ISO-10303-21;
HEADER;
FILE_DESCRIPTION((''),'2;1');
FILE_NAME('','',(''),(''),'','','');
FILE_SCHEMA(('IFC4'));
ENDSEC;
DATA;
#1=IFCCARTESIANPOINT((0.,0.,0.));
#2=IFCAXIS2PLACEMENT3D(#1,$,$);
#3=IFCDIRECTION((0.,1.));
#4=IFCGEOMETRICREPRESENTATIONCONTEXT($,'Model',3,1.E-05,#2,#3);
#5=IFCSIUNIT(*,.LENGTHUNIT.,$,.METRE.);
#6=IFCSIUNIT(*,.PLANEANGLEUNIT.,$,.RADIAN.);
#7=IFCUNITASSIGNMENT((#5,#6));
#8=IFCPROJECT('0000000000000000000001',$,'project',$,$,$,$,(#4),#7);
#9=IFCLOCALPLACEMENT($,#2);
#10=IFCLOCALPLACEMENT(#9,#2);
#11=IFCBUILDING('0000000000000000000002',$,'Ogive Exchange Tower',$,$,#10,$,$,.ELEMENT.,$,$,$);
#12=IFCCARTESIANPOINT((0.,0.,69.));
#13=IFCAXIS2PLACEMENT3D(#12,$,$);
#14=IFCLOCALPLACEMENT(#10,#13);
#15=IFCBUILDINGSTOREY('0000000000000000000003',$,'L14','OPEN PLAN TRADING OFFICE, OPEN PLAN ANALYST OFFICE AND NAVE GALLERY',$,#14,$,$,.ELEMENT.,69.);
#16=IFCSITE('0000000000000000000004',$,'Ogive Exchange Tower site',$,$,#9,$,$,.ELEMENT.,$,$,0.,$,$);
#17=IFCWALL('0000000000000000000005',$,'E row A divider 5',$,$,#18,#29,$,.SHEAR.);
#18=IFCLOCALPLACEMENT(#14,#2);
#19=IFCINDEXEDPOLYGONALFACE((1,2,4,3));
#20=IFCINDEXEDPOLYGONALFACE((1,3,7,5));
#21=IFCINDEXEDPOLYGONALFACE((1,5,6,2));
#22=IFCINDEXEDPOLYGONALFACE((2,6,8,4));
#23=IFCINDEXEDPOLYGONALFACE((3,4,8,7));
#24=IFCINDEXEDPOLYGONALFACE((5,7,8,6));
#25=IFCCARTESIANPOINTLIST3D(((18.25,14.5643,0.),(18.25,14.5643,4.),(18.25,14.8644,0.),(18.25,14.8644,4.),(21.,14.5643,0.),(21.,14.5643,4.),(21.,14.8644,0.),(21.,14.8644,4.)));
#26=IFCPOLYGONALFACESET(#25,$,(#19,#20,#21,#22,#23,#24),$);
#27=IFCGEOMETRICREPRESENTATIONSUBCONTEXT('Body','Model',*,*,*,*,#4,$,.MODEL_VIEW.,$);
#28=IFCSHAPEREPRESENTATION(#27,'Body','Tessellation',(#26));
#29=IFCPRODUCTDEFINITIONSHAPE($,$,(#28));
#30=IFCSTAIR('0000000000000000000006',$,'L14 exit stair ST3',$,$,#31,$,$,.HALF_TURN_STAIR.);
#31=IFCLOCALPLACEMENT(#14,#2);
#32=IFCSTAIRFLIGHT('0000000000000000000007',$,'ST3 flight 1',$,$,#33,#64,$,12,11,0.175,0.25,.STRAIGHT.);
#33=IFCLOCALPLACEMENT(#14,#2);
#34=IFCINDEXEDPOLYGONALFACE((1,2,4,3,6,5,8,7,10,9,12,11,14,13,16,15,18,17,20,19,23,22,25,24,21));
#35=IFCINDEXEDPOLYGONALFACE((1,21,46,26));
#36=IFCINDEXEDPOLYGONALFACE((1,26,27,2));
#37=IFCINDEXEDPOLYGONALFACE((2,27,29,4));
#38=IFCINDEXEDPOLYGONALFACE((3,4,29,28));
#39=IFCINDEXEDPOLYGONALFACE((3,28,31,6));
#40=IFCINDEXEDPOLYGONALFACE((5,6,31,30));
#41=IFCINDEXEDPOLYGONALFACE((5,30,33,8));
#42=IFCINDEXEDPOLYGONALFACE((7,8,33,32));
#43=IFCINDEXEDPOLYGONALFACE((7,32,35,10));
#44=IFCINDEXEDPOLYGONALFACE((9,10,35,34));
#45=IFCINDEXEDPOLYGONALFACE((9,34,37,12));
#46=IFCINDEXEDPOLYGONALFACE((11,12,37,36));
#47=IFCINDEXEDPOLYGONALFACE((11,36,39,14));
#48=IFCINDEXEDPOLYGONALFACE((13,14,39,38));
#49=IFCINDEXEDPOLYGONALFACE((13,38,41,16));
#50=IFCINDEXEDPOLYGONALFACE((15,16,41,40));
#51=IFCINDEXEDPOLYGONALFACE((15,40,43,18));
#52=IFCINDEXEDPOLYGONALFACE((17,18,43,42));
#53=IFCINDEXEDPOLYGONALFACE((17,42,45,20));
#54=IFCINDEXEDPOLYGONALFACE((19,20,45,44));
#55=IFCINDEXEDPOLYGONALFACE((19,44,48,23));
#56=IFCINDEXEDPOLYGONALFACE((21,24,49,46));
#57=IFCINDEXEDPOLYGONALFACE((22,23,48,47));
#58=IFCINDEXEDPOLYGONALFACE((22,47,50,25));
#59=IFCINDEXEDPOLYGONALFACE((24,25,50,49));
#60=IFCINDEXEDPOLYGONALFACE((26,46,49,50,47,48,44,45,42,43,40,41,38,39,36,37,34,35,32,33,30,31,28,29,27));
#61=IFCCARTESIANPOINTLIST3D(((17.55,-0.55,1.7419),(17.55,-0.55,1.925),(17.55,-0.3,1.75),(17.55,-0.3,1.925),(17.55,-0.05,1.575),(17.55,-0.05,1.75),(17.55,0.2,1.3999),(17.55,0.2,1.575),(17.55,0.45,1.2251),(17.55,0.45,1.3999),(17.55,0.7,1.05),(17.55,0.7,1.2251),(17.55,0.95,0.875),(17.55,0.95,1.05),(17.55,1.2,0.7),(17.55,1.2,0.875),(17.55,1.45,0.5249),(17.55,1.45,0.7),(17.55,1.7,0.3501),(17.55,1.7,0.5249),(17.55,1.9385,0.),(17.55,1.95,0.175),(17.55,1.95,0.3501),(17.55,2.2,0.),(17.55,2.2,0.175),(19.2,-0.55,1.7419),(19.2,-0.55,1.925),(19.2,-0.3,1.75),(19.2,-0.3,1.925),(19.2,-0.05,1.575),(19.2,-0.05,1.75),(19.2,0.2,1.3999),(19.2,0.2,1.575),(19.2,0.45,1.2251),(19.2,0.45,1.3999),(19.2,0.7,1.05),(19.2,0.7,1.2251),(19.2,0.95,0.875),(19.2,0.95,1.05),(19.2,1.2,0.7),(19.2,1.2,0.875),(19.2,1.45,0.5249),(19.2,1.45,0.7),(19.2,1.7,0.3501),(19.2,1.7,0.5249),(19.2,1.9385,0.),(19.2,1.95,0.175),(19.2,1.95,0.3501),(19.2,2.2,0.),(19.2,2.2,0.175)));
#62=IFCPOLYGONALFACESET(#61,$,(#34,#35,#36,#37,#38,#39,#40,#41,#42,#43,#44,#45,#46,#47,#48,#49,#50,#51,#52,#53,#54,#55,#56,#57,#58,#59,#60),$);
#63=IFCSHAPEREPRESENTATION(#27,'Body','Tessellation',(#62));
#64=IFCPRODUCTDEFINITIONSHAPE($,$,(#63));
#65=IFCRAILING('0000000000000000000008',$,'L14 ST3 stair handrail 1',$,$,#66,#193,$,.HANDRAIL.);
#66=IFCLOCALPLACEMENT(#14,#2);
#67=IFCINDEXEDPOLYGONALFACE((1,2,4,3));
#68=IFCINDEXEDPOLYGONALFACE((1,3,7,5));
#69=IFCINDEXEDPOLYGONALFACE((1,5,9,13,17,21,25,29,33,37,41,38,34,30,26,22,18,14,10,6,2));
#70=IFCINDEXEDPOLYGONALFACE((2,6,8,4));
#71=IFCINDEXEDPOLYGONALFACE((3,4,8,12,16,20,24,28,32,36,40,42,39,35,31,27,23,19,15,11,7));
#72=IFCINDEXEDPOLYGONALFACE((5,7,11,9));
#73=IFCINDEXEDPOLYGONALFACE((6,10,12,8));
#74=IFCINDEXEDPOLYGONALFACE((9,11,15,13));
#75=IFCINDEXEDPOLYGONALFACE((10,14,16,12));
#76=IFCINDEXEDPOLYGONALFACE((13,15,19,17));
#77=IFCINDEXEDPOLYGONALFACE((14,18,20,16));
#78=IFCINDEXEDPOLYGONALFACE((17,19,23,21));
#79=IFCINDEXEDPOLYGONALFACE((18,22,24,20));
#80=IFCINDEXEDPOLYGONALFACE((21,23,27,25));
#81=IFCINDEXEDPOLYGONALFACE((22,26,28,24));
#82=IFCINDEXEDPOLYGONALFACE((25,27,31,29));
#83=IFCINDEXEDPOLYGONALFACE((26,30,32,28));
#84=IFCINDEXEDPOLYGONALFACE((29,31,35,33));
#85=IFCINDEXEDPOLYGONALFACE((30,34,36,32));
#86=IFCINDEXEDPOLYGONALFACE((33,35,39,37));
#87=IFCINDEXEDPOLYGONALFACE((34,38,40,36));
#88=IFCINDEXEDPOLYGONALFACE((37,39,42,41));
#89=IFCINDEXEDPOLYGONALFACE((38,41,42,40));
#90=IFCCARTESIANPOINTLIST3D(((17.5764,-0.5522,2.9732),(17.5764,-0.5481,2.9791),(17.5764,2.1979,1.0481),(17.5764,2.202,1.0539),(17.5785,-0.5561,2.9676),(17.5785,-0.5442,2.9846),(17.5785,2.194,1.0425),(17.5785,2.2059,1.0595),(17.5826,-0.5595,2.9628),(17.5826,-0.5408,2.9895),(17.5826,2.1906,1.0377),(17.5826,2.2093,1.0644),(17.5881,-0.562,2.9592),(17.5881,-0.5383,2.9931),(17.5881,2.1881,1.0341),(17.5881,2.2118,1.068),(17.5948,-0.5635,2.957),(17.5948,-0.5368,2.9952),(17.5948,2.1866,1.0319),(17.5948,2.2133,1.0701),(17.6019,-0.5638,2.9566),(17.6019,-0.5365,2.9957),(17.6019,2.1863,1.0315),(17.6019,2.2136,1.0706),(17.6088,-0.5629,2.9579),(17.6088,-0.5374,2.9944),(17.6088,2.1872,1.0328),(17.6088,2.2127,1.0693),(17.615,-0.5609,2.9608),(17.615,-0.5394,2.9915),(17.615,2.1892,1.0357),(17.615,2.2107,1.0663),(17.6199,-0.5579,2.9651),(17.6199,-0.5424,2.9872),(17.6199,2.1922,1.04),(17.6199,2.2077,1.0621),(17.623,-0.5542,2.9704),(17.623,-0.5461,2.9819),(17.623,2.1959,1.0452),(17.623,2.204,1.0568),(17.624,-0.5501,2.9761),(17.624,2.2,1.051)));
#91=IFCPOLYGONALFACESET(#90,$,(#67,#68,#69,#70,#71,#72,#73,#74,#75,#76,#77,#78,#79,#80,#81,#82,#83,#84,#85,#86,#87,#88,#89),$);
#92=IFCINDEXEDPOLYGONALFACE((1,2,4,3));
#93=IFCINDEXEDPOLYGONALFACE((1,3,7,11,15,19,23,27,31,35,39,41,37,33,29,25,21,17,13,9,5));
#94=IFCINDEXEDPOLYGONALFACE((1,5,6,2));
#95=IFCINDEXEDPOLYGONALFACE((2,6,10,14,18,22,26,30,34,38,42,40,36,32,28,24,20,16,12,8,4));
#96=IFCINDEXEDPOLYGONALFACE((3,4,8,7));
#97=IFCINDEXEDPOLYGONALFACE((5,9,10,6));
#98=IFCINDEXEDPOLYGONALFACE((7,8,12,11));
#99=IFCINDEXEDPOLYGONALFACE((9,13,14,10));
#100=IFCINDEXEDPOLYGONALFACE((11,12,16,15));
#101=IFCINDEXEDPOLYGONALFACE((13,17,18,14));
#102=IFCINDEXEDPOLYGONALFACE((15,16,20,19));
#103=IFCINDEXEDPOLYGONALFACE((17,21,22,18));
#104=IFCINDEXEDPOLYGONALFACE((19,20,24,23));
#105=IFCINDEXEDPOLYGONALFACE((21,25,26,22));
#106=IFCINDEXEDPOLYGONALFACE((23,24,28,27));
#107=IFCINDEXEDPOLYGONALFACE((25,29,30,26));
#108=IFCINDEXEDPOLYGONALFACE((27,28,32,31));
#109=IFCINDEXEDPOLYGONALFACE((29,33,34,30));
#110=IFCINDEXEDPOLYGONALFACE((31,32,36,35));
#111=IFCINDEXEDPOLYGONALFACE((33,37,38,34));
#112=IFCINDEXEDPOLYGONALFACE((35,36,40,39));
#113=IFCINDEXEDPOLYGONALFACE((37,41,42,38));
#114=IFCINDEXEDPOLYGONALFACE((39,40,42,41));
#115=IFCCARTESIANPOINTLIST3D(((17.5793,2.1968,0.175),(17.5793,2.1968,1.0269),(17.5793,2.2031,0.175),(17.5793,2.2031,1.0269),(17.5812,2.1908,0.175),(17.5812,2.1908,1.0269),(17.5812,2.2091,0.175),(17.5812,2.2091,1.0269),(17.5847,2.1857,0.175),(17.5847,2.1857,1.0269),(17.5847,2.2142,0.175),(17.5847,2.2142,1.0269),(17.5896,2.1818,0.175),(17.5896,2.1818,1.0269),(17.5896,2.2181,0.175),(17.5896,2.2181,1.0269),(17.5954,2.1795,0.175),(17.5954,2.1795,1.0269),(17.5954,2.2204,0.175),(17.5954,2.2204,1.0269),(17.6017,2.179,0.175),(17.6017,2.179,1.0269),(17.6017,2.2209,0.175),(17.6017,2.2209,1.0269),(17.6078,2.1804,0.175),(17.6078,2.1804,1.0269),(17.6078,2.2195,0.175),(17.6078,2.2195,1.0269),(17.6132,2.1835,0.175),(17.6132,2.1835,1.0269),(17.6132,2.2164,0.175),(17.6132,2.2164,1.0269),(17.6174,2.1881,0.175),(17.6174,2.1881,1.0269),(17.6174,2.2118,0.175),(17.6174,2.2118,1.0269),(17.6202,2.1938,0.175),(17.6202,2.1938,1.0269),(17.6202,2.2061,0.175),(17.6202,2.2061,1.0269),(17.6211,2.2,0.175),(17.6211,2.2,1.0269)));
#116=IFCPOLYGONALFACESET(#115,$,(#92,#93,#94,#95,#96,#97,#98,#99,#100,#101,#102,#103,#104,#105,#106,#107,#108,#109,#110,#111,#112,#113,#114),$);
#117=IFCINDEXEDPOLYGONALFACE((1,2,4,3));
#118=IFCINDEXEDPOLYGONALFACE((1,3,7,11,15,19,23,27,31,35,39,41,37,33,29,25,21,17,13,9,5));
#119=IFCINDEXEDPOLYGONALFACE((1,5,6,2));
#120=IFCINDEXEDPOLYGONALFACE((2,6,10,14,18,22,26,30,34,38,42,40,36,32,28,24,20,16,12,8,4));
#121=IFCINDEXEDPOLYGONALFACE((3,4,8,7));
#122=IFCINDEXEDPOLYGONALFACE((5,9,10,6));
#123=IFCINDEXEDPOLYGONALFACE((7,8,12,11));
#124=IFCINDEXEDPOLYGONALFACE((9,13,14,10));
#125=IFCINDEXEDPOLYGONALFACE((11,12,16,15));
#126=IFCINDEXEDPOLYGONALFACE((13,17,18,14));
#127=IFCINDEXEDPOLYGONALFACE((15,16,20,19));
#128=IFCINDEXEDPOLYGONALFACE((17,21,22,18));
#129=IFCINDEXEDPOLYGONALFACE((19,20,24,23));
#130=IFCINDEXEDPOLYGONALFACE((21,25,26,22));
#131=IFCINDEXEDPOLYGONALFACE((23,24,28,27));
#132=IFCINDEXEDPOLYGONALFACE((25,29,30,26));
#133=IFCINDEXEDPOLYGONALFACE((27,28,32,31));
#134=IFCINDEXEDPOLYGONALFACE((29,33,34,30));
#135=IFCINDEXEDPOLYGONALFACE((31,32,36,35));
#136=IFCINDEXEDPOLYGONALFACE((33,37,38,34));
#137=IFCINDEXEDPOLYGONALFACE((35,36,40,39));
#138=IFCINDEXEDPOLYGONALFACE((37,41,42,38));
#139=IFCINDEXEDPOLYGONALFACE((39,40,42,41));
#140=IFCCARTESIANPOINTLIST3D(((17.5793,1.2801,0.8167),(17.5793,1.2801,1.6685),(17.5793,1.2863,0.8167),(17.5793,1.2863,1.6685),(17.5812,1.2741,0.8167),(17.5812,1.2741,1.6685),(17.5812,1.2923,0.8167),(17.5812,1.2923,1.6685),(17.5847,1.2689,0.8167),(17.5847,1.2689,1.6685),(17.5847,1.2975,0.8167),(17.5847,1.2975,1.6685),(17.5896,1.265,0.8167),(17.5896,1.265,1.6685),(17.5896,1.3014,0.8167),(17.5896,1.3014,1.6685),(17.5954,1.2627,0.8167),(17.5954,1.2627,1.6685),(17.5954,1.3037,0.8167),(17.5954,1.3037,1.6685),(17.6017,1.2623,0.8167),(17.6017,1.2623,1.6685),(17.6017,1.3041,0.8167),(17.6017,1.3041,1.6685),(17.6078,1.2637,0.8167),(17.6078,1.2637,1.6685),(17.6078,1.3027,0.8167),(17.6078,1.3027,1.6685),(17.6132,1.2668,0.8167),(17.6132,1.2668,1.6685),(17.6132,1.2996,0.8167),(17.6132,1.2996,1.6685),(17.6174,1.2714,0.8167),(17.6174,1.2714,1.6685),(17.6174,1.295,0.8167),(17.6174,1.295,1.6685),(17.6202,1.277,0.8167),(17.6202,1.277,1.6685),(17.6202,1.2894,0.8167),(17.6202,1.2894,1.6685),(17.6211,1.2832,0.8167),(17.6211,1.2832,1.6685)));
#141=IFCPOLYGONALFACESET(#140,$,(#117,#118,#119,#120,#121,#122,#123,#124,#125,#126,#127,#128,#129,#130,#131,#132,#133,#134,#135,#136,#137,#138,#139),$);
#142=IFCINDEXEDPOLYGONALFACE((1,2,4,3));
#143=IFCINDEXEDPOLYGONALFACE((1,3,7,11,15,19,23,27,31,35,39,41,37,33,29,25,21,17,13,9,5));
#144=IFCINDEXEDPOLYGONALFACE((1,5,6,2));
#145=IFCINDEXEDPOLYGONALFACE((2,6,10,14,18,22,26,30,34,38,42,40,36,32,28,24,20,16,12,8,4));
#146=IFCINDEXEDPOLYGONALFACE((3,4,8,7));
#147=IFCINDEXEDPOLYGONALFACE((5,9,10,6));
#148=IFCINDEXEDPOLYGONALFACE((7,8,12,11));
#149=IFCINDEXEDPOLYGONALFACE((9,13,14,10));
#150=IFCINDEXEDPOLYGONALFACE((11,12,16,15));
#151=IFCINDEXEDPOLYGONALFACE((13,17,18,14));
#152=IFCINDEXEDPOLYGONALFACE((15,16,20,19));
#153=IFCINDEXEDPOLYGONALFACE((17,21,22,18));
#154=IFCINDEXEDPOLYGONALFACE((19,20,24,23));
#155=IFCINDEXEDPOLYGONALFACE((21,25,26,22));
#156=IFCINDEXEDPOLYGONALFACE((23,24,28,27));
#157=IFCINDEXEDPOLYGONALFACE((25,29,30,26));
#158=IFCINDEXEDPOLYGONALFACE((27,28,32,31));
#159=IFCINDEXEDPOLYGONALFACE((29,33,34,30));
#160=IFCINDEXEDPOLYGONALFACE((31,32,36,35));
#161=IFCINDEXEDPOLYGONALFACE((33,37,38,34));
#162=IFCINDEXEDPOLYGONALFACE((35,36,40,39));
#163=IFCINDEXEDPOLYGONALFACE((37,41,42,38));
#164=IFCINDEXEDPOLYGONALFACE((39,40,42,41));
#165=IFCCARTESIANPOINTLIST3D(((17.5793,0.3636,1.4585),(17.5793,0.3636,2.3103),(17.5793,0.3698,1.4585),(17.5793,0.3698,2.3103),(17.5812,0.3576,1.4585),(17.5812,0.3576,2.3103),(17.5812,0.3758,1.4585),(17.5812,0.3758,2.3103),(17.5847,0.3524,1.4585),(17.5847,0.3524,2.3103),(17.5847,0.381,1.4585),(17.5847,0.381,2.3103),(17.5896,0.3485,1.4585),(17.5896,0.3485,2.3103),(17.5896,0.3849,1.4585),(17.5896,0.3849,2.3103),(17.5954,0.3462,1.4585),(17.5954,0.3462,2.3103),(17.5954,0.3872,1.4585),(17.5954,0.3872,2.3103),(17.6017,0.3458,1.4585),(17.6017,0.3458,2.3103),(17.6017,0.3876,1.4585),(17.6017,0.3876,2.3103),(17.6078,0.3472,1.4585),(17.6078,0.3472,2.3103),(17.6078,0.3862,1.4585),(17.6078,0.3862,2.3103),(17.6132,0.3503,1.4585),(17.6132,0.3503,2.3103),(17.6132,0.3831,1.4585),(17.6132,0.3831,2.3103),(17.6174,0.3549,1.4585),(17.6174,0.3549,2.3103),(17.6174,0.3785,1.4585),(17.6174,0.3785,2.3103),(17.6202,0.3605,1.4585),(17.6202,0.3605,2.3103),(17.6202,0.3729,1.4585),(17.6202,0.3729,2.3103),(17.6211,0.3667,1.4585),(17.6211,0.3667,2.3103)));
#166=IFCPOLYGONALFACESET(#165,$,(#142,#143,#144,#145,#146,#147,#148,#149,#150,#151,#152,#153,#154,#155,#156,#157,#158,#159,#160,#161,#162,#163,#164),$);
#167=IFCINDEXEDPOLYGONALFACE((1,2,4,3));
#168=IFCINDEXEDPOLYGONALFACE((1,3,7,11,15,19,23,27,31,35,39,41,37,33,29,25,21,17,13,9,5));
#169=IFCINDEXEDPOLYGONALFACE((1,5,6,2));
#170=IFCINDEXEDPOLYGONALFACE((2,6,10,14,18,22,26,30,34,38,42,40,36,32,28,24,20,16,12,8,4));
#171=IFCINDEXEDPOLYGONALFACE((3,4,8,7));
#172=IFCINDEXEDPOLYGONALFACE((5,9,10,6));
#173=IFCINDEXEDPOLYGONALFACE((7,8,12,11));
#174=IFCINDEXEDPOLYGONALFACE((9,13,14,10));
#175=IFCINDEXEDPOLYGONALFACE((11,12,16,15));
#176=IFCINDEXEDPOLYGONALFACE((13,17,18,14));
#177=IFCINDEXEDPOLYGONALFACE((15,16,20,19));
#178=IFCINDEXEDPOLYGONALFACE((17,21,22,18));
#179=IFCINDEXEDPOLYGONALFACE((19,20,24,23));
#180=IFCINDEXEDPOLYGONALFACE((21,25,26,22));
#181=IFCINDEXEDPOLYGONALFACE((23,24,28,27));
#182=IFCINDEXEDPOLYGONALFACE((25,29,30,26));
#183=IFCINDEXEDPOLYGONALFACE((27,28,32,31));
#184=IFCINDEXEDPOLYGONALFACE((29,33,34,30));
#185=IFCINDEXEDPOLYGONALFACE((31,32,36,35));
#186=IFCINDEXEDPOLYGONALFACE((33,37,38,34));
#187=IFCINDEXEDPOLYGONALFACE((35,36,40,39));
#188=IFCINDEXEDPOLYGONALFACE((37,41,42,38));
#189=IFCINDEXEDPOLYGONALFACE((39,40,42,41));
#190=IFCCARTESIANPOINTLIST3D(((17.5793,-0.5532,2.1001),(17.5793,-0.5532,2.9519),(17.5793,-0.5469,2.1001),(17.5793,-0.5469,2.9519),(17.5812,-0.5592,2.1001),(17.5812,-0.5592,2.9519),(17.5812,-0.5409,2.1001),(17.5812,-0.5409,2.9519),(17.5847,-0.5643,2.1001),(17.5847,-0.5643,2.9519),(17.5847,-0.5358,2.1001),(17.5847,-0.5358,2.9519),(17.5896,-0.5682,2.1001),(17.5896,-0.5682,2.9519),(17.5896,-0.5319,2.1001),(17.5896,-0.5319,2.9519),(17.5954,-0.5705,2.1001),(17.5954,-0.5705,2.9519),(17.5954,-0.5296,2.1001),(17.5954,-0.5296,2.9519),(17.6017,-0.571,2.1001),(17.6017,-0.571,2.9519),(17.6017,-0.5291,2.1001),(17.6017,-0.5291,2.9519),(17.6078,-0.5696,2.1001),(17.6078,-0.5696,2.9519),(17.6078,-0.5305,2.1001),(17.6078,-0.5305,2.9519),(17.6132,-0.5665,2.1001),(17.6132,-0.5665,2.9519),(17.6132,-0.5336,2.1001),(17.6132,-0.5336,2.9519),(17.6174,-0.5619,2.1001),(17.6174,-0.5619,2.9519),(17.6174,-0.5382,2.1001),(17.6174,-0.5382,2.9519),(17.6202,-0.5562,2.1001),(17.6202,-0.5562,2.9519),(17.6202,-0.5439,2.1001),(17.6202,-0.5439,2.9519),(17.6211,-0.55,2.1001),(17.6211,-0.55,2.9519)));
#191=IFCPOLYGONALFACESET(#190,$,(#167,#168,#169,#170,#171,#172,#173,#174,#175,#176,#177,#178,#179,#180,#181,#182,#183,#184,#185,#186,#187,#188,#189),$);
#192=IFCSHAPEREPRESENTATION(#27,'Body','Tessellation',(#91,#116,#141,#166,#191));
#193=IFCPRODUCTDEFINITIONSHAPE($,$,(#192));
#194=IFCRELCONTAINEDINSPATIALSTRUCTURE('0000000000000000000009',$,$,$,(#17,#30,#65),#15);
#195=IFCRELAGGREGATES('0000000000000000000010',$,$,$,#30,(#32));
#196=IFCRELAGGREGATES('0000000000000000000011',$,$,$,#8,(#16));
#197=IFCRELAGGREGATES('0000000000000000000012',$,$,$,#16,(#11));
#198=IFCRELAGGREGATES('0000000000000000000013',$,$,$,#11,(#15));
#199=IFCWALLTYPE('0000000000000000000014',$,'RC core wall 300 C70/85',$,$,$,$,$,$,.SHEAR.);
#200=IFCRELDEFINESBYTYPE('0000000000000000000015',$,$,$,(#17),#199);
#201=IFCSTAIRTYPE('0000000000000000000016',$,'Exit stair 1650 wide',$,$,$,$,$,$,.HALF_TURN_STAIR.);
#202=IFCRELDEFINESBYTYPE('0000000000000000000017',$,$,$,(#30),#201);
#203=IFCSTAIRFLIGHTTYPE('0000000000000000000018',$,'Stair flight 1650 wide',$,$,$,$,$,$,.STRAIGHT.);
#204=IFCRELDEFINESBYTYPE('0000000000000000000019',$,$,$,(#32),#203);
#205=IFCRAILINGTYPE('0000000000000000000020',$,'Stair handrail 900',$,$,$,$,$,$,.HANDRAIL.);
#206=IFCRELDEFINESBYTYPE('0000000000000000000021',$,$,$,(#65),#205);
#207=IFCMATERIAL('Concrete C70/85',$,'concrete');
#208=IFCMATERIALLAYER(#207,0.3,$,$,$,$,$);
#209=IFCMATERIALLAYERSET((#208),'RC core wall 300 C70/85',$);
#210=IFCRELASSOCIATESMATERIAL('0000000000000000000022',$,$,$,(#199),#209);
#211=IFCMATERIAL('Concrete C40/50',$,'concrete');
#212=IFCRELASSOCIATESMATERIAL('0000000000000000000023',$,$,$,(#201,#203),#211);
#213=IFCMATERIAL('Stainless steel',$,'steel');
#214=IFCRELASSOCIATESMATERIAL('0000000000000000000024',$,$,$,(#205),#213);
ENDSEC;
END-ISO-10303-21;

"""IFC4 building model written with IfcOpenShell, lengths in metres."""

from ifc_helpers import new_model, si_unit, direction, frame, frame_2d, origin, origin_2d, place, context, subcontext, project, spatial, polyline, rectangle, circle, outline, extrude, material, layer, layer_set, type_object, element, aggregate, save


model = new_model("IFC4")

# Units and contexts
model_context = context("Model", 3, precision=1e-05, world=origin(), true_north=direction((0.0, 1.0)))
body_context = subcontext(model_context, "Body", "Model", "MODEL_VIEW")
ifc_project = project(units=[si_unit("LENGTHUNIT", "METRE"), si_unit("PLANEANGLEUNIT", "RADIAN")], contexts=[model_context])

# Site, building, storey
site_placement = place(None, origin())
site = spatial("IfcSite", under=ifc_project, at=site_placement, Name="Ogive Exchange Tower site", CompositionType="ELEMENT", RefElevation=0.0)
building_placement = place(site_placement, origin())
building = spatial("IfcBuilding", under=site, at=building_placement, Name="Ogive Exchange Tower", CompositionType="ELEMENT")
storey_placement = place(building_placement, frame((0.0, 0.0, 69.0)))
storey = spatial("IfcBuildingStorey", under=building, at=storey_placement, Name="L14", Description="OPEN PLAN TRADING OFFICE, OPEN PLAN ANALYST OFFICE AND NAVE GALLERY", CompositionType="ELEMENT", Elevation=69.0)

# Shared definitions
ifc_material_1 = material(Name="Concrete C70/85", Category="concrete")

# Shared definitions
ifc_material_2 = material(Name="Stainless steel", Category="steel")

# Wall
ifc_layer_1 = layer(ifc_material_1, 0.3)
ifc_layer_set_1 = layer_set([ifc_layer_1], Name="RC core wall 300 C70/85")
wall_type_1 = type_object("IfcWallType", Name="RC core wall 300 C70/85", PredefinedType="SHEAR", material=ifc_layer_set_1)
for number, where, z_axis, x_axis, name in (
    (1, (18.25, 14.7144, 0.0), (0.0, 0.0, 1.0), (1.0, 0.0, 0.0), "E row A divider 5"),
):
    element("IfcWall", number, at=place(storey_placement, frame(where, z_axis=z_axis, x_axis=x_axis)), inside=storey, type_object=wall_type_1, Name=name, PredefinedType="SHEAR", context=body_context, shape_type="SweptSolid", body=[
        extrude(rectangle(XDim=2.75, YDim=0.3, at=frame_2d((1.375, 0.0))), origin(), (0.0, 0.0, 1.0), 4.0),
    ])

# Stair, stair flight
ifc_material_3 = material(Name="Concrete C40/50", Category="concrete")
stair_type = type_object("IfcStairType", Name="Exit stair 1650 wide", PredefinedType="HALF_TURN_STAIR", material=ifc_material_3)
stair_placement = place(storey_placement, origin())
stair = element("IfcStair", 2, at=stair_placement, inside=storey, type_object=stair_type, Name="L14 exit stair ST3", PredefinedType="HALF_TURN_STAIR")
stair_flight_type = type_object("IfcStairFlightType", Name="Stair flight 1650 wide", PredefinedType="STRAIGHT", material=ifc_material_3)
stair_flight_placement = place(storey_placement, frame((18.375, 2.2, 0.0), z_axis=(0.0, 0.0, 1.0), x_axis=(0.0, -1.0, 0.0)))
stair_flight = element("IfcStairFlight", 3, at=stair_flight_placement, type_object=stair_flight_type, Name="ST3 flight 1", NumberOfRisers=12, NumberOfTreads=11, PredefinedType="STRAIGHT", RiserHeight=0.175, TreadLength=0.25, context=body_context, shape_type="SweptSolid", body=[
    extrude(outline(polyline([(0.0, 0.0), (0.0, 0.175), (0.25, 0.175), (0.25, 0.3501), (0.5, 0.3501), (0.5, 0.5249), (0.75, 0.5249), (0.75, 0.7), (1.0, 0.7), (1.0, 0.875), (1.25, 0.875), (1.25, 1.05), (1.5, 1.05), (1.5, 1.2251), (1.75, 1.2251), (1.75, 1.3999), (2.0, 1.3999), (2.0, 1.575), (2.25, 1.575), (2.25, 1.75), (2.5, 1.75), (2.5, 1.925), (2.75, 1.925), (2.75, 2.1001), (2.75, 1.7419), (0.2615, 0.0), (0.0, 0.0)])), frame((0.0, 0.825, 0.0), z_axis=(0.0, -1.0, 0.0), x_axis=(1.0, 0.0, 0.0)), (0.0, 0.0, 1.0), 1.6499),
])
aggregate(stair, [stair_flight])

# Railing
railing_type = type_object("IfcRailingType", Name="Stair handrail 900", PredefinedType="HANDRAIL", material=ifc_material_2)
railing_placement = place(storey_placement, frame((17.6001, 2.2, 0.175)))
element("IfcRailing", 4, at=railing_placement, inside=storey, type_object=railing_type, Name="L14 ST3 stair handrail 1", PredefinedType="HANDRAIL", context=body_context, shape_type="SweptSolid", body=[
    extrude(circle(Radius=0.0239, at=origin_2d()), frame((0.0, 0.0, 0.876), z_axis=(0.0, -0.819225, 0.573472), x_axis=(1.0, 0.0, 0.0)), (0.0, 0.0, 1.0), 3.3569),
    extrude(circle(Radius=0.021, at=origin_2d()), origin(), (0.0, 0.0, 1.0), 0.8518),
    extrude(circle(Radius=0.021, at=origin_2d()), frame((0.0, -0.9167, 0.6416)), (0.0, 0.0, 1.0), 0.8518),
    extrude(circle(Radius=0.021, at=origin_2d()), frame((0.0, -1.8333, 1.2834)), (0.0, 0.0, 1.0), 0.8518),
    extrude(circle(Radius=0.021, at=origin_2d()), frame((0.0, -2.75, 1.925)), (0.0, 0.0, 1.0), 0.8518),
])

save(model, "model.ifc")
